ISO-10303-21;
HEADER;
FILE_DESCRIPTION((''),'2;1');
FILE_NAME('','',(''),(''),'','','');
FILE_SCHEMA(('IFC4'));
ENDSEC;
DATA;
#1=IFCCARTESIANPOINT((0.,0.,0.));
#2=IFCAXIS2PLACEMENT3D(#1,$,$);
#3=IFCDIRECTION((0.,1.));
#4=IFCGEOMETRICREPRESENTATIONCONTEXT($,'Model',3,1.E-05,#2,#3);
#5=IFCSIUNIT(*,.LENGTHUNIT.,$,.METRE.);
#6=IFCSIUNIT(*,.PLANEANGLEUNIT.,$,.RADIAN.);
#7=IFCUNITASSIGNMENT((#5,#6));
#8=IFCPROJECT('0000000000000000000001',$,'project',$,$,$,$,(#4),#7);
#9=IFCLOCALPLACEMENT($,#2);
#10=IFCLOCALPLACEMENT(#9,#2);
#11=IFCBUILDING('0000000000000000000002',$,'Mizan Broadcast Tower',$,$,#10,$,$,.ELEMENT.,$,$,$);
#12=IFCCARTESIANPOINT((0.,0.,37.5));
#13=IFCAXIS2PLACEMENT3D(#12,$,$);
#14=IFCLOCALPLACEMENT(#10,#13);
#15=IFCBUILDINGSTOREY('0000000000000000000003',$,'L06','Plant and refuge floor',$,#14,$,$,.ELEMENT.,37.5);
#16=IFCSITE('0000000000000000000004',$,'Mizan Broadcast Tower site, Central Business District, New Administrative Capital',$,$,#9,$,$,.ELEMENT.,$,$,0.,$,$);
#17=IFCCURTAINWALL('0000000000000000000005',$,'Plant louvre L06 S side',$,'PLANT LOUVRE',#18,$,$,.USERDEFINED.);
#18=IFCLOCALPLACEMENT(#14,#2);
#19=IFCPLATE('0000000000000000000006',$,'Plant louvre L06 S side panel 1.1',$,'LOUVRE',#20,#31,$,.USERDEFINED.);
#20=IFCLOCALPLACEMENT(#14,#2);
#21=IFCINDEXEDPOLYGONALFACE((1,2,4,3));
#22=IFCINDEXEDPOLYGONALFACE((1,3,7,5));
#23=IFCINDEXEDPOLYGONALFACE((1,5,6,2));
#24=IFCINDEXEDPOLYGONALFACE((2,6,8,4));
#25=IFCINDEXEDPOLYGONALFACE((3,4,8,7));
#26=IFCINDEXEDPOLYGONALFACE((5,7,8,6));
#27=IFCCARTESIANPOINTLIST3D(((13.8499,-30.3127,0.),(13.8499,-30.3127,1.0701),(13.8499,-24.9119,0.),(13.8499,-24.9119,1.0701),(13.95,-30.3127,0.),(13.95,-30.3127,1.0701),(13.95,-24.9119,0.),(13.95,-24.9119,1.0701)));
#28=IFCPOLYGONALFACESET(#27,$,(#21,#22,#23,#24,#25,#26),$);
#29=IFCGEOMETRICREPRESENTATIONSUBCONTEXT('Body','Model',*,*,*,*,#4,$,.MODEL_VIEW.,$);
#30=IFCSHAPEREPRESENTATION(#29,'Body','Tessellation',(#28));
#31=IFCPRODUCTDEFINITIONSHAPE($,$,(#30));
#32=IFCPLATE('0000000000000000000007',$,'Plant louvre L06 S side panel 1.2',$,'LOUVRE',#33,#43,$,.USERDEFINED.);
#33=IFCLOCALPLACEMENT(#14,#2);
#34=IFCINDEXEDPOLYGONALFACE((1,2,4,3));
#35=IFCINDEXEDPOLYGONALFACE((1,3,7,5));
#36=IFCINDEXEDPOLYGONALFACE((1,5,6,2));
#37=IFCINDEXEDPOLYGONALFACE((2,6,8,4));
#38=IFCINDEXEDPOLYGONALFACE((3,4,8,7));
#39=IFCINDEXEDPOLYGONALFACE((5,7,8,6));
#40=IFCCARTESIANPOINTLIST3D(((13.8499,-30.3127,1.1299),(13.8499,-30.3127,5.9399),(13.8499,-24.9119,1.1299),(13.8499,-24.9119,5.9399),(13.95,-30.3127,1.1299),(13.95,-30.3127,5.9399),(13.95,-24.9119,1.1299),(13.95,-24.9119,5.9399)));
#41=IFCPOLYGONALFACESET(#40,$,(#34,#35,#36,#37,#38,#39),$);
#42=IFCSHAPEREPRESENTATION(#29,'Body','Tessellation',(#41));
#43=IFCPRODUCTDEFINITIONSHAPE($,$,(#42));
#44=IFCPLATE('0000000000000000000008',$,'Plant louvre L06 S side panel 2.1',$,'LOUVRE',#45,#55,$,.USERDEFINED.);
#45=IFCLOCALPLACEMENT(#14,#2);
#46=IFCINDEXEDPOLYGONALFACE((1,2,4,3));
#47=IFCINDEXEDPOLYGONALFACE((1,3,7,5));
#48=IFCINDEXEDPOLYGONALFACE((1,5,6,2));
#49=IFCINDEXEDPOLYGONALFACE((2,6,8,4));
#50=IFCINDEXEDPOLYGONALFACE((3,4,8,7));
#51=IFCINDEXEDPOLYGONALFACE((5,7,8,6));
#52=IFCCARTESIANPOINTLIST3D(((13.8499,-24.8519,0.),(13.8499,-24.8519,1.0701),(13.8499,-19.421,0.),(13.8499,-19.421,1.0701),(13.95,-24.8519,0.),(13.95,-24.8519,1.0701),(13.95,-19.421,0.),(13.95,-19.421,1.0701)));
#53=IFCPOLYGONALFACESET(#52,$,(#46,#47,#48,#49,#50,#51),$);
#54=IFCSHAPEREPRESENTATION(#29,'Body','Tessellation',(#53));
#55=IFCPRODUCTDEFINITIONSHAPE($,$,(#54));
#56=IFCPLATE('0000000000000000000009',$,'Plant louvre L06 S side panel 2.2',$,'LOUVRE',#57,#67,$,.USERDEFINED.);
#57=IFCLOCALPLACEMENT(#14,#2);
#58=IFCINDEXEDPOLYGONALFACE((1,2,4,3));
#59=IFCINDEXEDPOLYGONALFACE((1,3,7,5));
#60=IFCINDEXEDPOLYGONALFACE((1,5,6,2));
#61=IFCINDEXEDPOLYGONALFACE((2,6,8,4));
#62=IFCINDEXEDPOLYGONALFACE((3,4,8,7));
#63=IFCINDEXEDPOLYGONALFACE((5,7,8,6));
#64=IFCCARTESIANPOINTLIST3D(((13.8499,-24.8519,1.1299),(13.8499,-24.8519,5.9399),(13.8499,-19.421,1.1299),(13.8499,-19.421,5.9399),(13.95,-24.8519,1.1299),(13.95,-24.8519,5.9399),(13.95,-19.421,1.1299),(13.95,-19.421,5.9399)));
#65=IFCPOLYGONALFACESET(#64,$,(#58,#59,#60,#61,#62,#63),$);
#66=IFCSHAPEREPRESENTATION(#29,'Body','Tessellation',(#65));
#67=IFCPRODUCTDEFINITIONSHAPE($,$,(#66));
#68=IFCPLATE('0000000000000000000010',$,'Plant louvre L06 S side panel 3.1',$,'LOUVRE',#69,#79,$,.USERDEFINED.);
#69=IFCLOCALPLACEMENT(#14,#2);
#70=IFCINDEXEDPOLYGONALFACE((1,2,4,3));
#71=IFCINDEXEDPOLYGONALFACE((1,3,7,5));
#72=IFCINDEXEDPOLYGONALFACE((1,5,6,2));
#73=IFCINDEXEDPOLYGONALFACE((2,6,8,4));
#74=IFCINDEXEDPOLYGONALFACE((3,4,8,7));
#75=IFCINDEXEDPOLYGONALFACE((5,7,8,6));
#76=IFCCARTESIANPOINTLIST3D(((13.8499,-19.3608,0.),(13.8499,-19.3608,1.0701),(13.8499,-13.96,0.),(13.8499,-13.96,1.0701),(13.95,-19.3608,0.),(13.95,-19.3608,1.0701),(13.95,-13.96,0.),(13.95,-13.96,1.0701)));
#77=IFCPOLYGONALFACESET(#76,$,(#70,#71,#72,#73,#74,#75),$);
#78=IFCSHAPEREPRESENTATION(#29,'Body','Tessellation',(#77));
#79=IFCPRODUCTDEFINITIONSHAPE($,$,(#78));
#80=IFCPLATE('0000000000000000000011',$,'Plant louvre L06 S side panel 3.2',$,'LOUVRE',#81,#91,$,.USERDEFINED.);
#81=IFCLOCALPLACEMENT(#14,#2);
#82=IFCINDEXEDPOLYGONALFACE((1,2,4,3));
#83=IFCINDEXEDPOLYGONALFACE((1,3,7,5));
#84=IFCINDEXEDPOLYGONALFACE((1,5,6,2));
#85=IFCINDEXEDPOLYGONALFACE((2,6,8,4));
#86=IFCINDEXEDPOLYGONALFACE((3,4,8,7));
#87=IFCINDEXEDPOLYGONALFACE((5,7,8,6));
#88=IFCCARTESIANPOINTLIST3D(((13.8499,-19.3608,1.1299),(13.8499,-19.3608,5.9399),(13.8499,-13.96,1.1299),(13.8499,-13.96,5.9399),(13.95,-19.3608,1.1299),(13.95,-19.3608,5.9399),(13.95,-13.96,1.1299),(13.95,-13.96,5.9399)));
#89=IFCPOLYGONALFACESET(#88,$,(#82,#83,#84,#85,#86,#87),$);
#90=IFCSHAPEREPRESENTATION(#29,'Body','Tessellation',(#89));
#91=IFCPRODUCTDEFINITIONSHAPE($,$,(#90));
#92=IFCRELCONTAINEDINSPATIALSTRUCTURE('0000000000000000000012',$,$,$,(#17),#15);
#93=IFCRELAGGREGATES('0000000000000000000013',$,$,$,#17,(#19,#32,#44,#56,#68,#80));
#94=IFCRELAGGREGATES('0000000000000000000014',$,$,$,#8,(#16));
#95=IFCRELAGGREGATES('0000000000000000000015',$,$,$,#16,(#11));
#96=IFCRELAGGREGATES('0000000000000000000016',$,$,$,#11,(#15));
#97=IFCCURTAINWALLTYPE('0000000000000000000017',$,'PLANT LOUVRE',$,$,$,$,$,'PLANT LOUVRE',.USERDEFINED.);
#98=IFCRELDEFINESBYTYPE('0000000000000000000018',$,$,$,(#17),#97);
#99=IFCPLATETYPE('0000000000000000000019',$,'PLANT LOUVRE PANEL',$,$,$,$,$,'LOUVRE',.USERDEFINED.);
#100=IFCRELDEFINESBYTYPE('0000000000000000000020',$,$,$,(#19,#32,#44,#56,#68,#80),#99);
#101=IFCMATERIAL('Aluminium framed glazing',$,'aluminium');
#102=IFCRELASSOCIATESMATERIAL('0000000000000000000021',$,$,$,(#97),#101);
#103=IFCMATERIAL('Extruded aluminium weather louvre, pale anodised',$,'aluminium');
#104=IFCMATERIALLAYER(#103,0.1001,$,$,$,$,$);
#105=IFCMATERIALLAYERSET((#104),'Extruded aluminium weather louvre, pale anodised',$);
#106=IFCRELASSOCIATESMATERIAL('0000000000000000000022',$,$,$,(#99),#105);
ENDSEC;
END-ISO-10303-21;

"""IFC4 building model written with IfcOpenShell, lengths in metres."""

from ifc_helpers import new_model, si_unit, direction, frame, origin, origin_2d, place, context, subcontext, project, spatial, rectangle, extrude, material, layer, layer_set, type_object, element, aggregate, save


model = new_model("IFC4")

# Units and contexts
model_context = context("Model", 3, precision=1e-05, world=origin(), true_north=direction((0.0, 1.0)))
body_context = subcontext(model_context, "Body", "Model", "MODEL_VIEW")
ifc_project = project(units=[si_unit("LENGTHUNIT", "METRE"), si_unit("PLANEANGLEUNIT", "RADIAN")], contexts=[model_context])

# Site, building, storey
site_placement = place(None, origin())
site = spatial("IfcSite", under=ifc_project, at=site_placement, Name="Mizan Broadcast Tower site, Central Business District, New Administrative Capital", CompositionType="ELEMENT", RefElevation=0.0)
building_placement = place(site_placement, origin())
building = spatial("IfcBuilding", under=site, at=building_placement, Name="Mizan Broadcast Tower", CompositionType="ELEMENT")
storey_placement = place(building_placement, frame((0.0, 0.0, 37.5)))
storey = spatial("IfcBuildingStorey", under=building, at=storey_placement, Name="L06", Description="Plant and refuge floor", CompositionType="ELEMENT", Elevation=37.5)

# Shared definitions
ifc_material_1 = material(Name="Aluminium framed glazing", Category="aluminium")
curtain_wall_type = type_object("IfcCurtainWallType", Name="PLANT LOUVRE", ElementType="PLANT LOUVRE", PredefinedType="USERDEFINED", material=ifc_material_1)

# Curtain wall
curtain_wall_1_placement = place(storey_placement, origin())
curtain_wall_1 = element("IfcCurtainWall", 1, at=curtain_wall_1_placement, inside=storey, type_object=curtain_wall_type, Name="Plant louvre L06 S side", ObjectType="PLANT LOUVRE", PredefinedType="USERDEFINED")

# Plates
ifc_material_2 = material(Name="Extruded aluminium weather louvre, pale anodised", Category="aluminium")
ifc_layer = layer(ifc_material_2, 0.1001)
ifc_layer_set = layer_set([ifc_layer], Name="Extruded aluminium weather louvre, pale anodised")
plate_type = type_object("IfcPlateType", Name="PLANT LOUVRE PANEL", ElementType="LOUVRE", PredefinedType="USERDEFINED", material=ifc_layer_set)
plate_1_placement = place(storey_placement, frame((13.8999, -27.6123, 0.0), z_axis=(0.0, 0.0, 1.0), x_axis=(0.0, 1.0, 0.0)))
plate_1 = element("IfcPlate", 2, at=plate_1_placement, type_object=plate_type, Name="Plant louvre L06 S side panel 1.1", ObjectType="LOUVRE", PredefinedType="USERDEFINED", context=body_context, shape_type="SweptSolid", body=[
    extrude(rectangle(XDim=5.4009, YDim=0.1001, at=origin_2d()), origin(), (0.0, 0.0, 1.0), 1.0701),
])
plate_2_placement = place(storey_placement, frame((13.8999, -27.6123, 1.1299), z_axis=(0.0, 0.0, 1.0), x_axis=(0.0, 1.0, 0.0)))
plate_2 = element("IfcPlate", 3, at=plate_2_placement, type_object=plate_type, Name="Plant louvre L06 S side panel 1.2", ObjectType="LOUVRE", PredefinedType="USERDEFINED", context=body_context, shape_type="SweptSolid", body=[
    extrude(rectangle(XDim=5.4009, YDim=0.1001, at=origin_2d()), origin(), (0.0, 0.0, 1.0), 4.8101),
])
plate_3_placement = place(storey_placement, frame((13.8999, -22.1365, 0.0), z_axis=(0.0, 0.0, 1.0), x_axis=(0.0, 1.0, 0.0)))
plate_3 = element("IfcPlate", 4, at=plate_3_placement, type_object=plate_type, Name="Plant louvre L06 S side panel 2.1", ObjectType="LOUVRE", PredefinedType="USERDEFINED", context=body_context, shape_type="SweptSolid", body=[
    extrude(rectangle(XDim=5.4309, YDim=0.1001, at=origin_2d()), origin(), (0.0, 0.0, 1.0), 1.0701),
])
plate_4_placement = place(storey_placement, frame((13.8999, -22.1365, 1.1299), z_axis=(0.0, 0.0, 1.0), x_axis=(0.0, 1.0, 0.0)))
plate_4 = element("IfcPlate", 5, at=plate_4_placement, type_object=plate_type, Name="Plant louvre L06 S side panel 2.2", ObjectType="LOUVRE", PredefinedType="USERDEFINED", context=body_context, shape_type="SweptSolid", body=[
    extrude(rectangle(XDim=5.4309, YDim=0.1001, at=origin_2d()), origin(), (0.0, 0.0, 1.0), 4.8101),
])
plate_5_placement = place(storey_placement, frame((13.8999, -16.6604, 0.0), z_axis=(0.0, 0.0, 1.0), x_axis=(0.0, 1.0, 0.0)))
plate_5 = element("IfcPlate", 6, at=plate_5_placement, type_object=plate_type, Name="Plant louvre L06 S side panel 3.1", ObjectType="LOUVRE", PredefinedType="USERDEFINED", context=body_context, shape_type="SweptSolid", body=[
    extrude(rectangle(XDim=5.4009, YDim=0.1001, at=origin_2d()), origin(), (0.0, 0.0, 1.0), 1.0701),
])
plate_6_placement = place(storey_placement, frame((13.8999, -16.6604, 1.1299), z_axis=(0.0, 0.0, 1.0), x_axis=(0.0, 1.0, 0.0)))
plate_6 = element("IfcPlate", 7, at=plate_6_placement, type_object=plate_type, Name="Plant louvre L06 S side panel 3.2", ObjectType="LOUVRE", PredefinedType="USERDEFINED", context=body_context, shape_type="SweptSolid", body=[
    extrude(rectangle(XDim=5.4009, YDim=0.1001, at=origin_2d()), origin(), (0.0, 0.0, 1.0), 4.8101),
])
aggregate(curtain_wall_1, [plate_1, plate_2, plate_3, plate_4, plate_5, plate_6])

save(model, "model.ifc")
